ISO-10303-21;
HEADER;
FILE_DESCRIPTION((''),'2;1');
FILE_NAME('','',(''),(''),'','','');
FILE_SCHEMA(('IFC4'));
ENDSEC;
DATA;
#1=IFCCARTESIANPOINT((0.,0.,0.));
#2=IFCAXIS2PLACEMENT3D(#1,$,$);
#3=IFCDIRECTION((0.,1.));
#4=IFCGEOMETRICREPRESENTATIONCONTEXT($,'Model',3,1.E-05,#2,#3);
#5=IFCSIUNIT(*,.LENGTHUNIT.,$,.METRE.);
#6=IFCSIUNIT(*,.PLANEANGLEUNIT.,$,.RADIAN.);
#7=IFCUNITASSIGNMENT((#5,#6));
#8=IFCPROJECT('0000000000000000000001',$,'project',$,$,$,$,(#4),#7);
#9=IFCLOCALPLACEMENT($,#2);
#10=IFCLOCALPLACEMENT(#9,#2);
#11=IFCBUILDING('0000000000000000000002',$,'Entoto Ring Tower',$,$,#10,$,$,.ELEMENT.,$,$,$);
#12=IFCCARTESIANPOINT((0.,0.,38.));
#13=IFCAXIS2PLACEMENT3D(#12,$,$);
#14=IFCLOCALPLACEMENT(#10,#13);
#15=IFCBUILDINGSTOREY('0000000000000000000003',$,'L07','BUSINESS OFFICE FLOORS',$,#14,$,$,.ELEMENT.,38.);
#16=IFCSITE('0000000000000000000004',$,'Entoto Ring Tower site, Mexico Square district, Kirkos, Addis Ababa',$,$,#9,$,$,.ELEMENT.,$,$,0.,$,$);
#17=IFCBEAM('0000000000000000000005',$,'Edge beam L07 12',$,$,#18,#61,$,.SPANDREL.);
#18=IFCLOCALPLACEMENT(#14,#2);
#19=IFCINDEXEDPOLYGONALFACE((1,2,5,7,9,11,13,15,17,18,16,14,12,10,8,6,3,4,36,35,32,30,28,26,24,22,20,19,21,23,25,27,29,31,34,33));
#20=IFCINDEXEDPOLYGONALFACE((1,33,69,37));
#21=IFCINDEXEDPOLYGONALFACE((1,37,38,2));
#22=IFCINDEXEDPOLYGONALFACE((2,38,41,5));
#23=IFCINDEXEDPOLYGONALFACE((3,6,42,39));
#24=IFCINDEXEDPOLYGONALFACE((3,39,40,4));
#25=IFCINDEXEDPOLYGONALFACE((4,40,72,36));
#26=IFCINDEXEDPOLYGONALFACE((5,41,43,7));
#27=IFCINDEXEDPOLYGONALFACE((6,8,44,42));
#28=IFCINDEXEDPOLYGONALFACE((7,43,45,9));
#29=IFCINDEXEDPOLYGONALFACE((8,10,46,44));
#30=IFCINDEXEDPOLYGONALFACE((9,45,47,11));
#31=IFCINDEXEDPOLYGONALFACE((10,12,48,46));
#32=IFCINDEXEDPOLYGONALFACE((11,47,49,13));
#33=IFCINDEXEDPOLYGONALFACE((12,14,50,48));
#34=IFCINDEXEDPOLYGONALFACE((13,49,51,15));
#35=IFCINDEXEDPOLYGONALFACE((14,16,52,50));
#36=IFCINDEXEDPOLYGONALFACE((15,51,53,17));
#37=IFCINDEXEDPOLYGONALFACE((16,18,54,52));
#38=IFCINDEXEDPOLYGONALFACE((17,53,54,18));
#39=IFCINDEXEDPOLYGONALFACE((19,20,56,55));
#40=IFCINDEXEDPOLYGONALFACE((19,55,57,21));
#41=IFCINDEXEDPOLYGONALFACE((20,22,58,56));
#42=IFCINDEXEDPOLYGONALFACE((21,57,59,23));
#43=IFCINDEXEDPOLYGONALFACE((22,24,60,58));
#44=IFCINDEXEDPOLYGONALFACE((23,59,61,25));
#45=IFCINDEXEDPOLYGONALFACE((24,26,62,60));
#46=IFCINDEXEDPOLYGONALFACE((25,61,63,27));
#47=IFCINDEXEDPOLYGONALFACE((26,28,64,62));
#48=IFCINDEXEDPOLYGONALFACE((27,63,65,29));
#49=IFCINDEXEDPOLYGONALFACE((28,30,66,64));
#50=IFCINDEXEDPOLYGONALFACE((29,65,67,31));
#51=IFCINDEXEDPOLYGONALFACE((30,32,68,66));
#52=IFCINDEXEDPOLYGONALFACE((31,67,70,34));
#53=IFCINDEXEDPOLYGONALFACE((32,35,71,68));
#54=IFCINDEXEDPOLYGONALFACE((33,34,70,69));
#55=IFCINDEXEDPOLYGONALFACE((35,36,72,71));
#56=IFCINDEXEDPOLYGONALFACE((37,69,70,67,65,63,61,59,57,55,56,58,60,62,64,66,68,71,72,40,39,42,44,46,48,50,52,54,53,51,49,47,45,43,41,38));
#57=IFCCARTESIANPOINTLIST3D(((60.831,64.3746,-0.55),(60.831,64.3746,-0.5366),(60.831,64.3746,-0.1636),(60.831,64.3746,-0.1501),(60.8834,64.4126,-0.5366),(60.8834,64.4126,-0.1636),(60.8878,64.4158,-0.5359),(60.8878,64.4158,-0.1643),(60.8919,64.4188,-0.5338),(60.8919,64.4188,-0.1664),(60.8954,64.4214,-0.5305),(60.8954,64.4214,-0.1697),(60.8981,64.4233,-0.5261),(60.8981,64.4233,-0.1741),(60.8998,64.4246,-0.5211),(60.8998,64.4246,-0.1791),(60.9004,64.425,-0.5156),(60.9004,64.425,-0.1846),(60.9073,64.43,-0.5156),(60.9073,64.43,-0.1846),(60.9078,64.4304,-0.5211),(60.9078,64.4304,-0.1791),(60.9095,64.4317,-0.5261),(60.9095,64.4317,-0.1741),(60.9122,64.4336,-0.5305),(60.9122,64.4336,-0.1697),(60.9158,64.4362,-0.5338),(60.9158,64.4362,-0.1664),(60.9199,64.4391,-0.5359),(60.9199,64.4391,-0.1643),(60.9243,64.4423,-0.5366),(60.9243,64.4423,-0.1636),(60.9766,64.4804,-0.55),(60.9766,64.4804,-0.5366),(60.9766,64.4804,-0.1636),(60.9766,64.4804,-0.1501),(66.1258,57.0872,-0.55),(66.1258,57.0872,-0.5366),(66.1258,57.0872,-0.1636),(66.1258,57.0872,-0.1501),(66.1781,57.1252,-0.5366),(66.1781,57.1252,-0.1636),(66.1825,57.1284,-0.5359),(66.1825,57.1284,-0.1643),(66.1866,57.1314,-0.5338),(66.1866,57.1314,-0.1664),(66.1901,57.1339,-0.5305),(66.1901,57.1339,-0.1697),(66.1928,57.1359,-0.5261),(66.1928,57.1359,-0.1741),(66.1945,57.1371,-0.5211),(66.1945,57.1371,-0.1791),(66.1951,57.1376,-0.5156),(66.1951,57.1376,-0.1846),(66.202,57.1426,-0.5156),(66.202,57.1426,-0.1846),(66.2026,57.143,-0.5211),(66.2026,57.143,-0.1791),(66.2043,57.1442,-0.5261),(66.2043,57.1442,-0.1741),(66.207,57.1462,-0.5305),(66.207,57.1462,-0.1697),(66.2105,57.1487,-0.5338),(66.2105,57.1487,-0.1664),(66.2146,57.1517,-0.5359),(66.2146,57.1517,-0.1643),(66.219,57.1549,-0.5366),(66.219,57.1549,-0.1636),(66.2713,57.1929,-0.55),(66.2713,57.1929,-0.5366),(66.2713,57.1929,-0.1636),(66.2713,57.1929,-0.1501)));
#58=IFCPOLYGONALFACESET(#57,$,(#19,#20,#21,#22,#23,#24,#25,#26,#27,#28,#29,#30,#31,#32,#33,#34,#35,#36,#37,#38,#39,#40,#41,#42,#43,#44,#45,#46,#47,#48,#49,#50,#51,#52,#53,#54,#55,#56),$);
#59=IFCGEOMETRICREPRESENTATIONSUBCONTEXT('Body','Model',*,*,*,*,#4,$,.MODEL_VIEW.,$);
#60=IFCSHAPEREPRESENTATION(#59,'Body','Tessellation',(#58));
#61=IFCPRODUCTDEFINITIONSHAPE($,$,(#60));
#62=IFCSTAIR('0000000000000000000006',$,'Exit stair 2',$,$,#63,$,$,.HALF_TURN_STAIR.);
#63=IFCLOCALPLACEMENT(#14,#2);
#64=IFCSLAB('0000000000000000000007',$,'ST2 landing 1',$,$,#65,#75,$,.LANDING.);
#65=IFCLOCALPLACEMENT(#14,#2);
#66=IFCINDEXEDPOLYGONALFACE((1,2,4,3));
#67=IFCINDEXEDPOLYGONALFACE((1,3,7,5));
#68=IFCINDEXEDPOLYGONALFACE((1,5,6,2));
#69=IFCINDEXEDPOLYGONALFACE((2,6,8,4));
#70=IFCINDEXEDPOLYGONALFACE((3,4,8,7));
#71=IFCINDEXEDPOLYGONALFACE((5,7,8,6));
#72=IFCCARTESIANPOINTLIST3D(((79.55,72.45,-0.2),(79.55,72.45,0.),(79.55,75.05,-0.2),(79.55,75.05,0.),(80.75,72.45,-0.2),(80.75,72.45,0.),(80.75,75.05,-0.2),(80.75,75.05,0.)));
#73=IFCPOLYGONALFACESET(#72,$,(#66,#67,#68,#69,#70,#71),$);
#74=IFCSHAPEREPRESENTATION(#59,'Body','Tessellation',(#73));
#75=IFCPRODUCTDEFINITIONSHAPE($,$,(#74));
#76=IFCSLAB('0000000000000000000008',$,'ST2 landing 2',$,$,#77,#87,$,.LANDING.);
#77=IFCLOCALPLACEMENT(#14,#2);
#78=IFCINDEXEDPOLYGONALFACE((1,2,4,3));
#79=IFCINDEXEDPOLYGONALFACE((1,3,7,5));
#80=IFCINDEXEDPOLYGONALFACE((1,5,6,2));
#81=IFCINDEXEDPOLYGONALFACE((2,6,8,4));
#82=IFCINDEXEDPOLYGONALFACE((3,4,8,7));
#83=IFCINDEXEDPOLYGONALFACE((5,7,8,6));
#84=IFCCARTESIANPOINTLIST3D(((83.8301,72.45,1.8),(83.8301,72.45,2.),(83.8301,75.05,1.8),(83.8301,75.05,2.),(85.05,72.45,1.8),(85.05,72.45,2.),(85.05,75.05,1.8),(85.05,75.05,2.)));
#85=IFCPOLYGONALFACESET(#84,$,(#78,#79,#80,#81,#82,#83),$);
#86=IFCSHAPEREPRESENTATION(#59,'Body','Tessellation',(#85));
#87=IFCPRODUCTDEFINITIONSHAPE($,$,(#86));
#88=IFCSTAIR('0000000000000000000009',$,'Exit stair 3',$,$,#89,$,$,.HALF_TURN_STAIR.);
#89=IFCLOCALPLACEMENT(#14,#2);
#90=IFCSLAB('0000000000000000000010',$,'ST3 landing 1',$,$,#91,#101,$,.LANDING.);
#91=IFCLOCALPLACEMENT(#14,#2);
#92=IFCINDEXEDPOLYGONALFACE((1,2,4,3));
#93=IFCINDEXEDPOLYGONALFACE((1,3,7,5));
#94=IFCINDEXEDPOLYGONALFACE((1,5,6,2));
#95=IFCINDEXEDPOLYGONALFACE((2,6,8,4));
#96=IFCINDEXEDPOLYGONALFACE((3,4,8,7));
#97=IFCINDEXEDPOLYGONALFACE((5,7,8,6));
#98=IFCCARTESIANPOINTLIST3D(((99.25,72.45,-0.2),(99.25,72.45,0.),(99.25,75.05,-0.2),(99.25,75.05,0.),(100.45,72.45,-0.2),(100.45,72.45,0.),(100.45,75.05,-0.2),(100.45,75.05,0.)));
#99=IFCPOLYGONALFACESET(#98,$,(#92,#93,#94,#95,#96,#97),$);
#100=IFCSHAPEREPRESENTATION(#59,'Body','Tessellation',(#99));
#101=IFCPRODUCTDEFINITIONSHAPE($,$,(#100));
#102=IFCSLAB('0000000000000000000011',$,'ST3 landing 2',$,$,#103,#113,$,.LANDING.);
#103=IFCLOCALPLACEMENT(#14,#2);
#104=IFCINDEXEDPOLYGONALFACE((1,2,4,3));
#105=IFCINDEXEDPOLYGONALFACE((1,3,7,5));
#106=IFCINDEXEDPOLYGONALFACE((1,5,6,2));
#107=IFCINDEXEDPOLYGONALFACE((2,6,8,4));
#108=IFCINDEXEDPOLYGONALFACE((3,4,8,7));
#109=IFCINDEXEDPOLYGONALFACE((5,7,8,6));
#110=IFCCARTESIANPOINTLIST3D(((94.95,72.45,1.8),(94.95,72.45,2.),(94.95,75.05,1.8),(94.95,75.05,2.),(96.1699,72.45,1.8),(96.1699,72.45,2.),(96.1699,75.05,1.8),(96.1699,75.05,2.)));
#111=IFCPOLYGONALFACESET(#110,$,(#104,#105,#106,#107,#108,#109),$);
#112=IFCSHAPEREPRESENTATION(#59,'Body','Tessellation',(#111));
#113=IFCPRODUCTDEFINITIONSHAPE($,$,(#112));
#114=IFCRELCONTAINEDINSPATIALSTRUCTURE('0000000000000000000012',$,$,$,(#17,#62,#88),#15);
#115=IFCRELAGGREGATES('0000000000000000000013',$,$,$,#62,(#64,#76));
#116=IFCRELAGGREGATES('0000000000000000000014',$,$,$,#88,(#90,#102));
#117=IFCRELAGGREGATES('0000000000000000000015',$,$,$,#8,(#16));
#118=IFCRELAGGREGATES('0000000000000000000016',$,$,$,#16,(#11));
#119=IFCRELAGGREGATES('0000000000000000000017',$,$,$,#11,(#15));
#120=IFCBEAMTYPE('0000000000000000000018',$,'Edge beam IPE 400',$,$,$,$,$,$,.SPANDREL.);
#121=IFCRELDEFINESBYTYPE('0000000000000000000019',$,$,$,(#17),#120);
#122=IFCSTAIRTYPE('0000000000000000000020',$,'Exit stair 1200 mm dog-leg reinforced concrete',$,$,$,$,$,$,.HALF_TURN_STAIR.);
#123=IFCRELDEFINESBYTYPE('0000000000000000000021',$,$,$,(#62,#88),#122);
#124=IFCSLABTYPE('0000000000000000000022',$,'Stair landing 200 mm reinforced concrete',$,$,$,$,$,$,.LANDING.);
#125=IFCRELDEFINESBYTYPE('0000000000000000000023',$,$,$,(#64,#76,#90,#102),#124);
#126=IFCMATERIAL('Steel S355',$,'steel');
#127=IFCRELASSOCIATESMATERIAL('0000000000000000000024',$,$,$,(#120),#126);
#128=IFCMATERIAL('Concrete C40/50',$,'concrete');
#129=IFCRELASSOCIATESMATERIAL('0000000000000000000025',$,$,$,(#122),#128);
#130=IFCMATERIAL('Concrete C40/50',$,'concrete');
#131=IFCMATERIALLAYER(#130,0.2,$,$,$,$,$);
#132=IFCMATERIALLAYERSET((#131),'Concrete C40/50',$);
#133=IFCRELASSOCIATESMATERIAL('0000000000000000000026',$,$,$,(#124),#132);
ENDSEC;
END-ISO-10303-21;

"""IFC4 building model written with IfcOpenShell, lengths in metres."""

from ifc_helpers import new_model, si_unit, direction, frame, origin, origin_2d, place, context, subcontext, project, spatial, polyline, i_section, outline, extrude, material, layer, layer_set, material_profile, profile_set, type_object, element, aggregate, save


model = new_model("IFC4")

# Units and contexts
model_context = context("Model", 3, precision=1e-05, world=origin(), true_north=direction((0.0, 1.0)))
body_context = subcontext(model_context, "Body", "Model", "MODEL_VIEW")
ifc_project = project(units=[si_unit("LENGTHUNIT", "METRE"), si_unit("PLANEANGLEUNIT", "RADIAN")], contexts=[model_context])

# Site, building, storey
site_placement = place(None, origin())
site = spatial("IfcSite", under=ifc_project, at=site_placement, Name="Entoto Ring Tower site, Mexico Square district, Kirkos, Addis Ababa", CompositionType="ELEMENT", RefElevation=0.0)
building_placement = place(site_placement, origin())
building = spatial("IfcBuilding", under=site, at=building_placement, Name="Entoto Ring Tower", CompositionType="ELEMENT")
storey_placement = place(building_placement, frame((0.0, 0.0, 38.0)))
storey = spatial("IfcBuildingStorey", under=building, at=storey_placement, Name="L07", Description="BUSINESS OFFICE FLOORS", CompositionType="ELEMENT", Elevation=38.0)

# Beam
ifc_material_1 = material(Name="Steel S355", Category="steel")
ifc_material_profile_1 = material_profile(ifc_material_1, i_section(OverallWidth=0.1799, OverallDepth=0.3999, WebThickness=0.0085, FlangeThickness=0.0134, FilletRadius=0.021, at=origin_2d()), Name="IPE 400")
ifc_profile_set_1 = profile_set([ifc_material_profile_1], Name="Steel S355")
beam_type = type_object("IfcBeamType", Name="Edge beam IPE 400", PredefinedType="SPANDREL", material=ifc_profile_set_1)
beam_placement = place(storey_placement, frame((60.9038, 64.4275, -0.3501), z_axis=(0.587793, -0.809011, 0.0), x_axis=(0.809011, 0.587793, 0.0)))
element("IfcBeam", 1, at=beam_placement, inside=storey, type_object=beam_type, Name="Edge beam L07 12", PredefinedType="SPANDREL", context=body_context, shape_type="SweptSolid", body=[
    extrude(i_section(OverallWidth=0.1799, OverallDepth=0.3999, WebThickness=0.0085, FlangeThickness=0.0134, FilletRadius=0.021, at=origin_2d()), origin(), (0.0, 0.0, 1.0), 9.0078),
])

# Stairs, slabs
ifc_material_2 = material(Name="Concrete C40/50", Category="concrete")
stair_type = type_object("IfcStairType", Name="Exit stair 1200 mm dog-leg reinforced concrete", PredefinedType="HALF_TURN_STAIR", material=ifc_material_2)
stair_1_placement = place(storey_placement, origin())
stair_1 = element("IfcStair", 2, at=stair_1_placement, inside=storey, type_object=stair_type, Name="Exit stair 2", PredefinedType="HALF_TURN_STAIR")
ifc_material_3 = material(Name="Concrete C40/50", Category="concrete")
ifc_layer_1 = layer(ifc_material_3, 0.2)
ifc_layer_set_1 = layer_set([ifc_layer_1], Name="Concrete C40/50")
slab_type_1 = type_object("IfcSlabType", Name="Stair landing 200 mm reinforced concrete", PredefinedType="LANDING", material=ifc_layer_set_1)
slab_1_placement = place(storey_placement, frame((0.0, 0.0, -0.2)))
slab_1 = element("IfcSlab", 3, at=slab_1_placement, type_object=slab_type_1, Name="ST2 landing 1", PredefinedType="LANDING", context=body_context, shape_type="SweptSolid", body=[
    extrude(outline(polyline([(80.75, 72.45), (80.75, 75.05), (79.55, 75.05), (79.55, 72.45), (80.75, 72.45)])), origin(), (0.0, 0.0, 1.0), 0.2),
])
slab_2_placement = place(storey_placement, frame((0.0, 0.0, 1.8)))
slab_2 = element("IfcSlab", 4, at=slab_2_placement, type_object=slab_type_1, Name="ST2 landing 2", PredefinedType="LANDING", context=body_context, shape_type="SweptSolid", body=[
    extrude(outline(polyline([(83.8301, 72.45), (85.05, 72.45), (85.05, 75.05), (83.8301, 75.05), (83.8301, 72.45)])), origin(), (0.0, 0.0, 1.0), 0.2),
])
aggregate(stair_1, [slab_1, slab_2])
stair_2_placement = place(storey_placement, origin())
stair_2 = element("IfcStair", 5, at=stair_2_placement, inside=storey, type_object=stair_type, Name="Exit stair 3", PredefinedType="HALF_TURN_STAIR")
slab_3_placement = place(storey_placement, frame((0.0, 0.0, -0.2)))
slab_3 = element("IfcSlab", 6, at=slab_3_placement, type_object=slab_type_1, Name="ST3 landing 1", PredefinedType="LANDING", context=body_context, shape_type="SweptSolid", body=[
    extrude(outline(polyline([(100.45, 72.45), (100.45, 75.05), (99.25, 75.05), (99.25, 72.45), (100.45, 72.45)])), origin(), (0.0, 0.0, 1.0), 0.2),
])
slab_4_placement = place(storey_placement, frame((0.0, 0.0, 1.8)))
slab_4 = element("IfcSlab", 7, at=slab_4_placement, type_object=slab_type_1, Name="ST3 landing 2", PredefinedType="LANDING", context=body_context, shape_type="SweptSolid", body=[
    extrude(outline(polyline([(94.95, 72.45), (96.1699, 72.45), (96.1699, 75.05), (94.95, 75.05), (94.95, 72.45)])), origin(), (0.0, 0.0, 1.0), 0.2),
])
aggregate(stair_2, [slab_3, slab_4])

save(model, "model.ifc")
